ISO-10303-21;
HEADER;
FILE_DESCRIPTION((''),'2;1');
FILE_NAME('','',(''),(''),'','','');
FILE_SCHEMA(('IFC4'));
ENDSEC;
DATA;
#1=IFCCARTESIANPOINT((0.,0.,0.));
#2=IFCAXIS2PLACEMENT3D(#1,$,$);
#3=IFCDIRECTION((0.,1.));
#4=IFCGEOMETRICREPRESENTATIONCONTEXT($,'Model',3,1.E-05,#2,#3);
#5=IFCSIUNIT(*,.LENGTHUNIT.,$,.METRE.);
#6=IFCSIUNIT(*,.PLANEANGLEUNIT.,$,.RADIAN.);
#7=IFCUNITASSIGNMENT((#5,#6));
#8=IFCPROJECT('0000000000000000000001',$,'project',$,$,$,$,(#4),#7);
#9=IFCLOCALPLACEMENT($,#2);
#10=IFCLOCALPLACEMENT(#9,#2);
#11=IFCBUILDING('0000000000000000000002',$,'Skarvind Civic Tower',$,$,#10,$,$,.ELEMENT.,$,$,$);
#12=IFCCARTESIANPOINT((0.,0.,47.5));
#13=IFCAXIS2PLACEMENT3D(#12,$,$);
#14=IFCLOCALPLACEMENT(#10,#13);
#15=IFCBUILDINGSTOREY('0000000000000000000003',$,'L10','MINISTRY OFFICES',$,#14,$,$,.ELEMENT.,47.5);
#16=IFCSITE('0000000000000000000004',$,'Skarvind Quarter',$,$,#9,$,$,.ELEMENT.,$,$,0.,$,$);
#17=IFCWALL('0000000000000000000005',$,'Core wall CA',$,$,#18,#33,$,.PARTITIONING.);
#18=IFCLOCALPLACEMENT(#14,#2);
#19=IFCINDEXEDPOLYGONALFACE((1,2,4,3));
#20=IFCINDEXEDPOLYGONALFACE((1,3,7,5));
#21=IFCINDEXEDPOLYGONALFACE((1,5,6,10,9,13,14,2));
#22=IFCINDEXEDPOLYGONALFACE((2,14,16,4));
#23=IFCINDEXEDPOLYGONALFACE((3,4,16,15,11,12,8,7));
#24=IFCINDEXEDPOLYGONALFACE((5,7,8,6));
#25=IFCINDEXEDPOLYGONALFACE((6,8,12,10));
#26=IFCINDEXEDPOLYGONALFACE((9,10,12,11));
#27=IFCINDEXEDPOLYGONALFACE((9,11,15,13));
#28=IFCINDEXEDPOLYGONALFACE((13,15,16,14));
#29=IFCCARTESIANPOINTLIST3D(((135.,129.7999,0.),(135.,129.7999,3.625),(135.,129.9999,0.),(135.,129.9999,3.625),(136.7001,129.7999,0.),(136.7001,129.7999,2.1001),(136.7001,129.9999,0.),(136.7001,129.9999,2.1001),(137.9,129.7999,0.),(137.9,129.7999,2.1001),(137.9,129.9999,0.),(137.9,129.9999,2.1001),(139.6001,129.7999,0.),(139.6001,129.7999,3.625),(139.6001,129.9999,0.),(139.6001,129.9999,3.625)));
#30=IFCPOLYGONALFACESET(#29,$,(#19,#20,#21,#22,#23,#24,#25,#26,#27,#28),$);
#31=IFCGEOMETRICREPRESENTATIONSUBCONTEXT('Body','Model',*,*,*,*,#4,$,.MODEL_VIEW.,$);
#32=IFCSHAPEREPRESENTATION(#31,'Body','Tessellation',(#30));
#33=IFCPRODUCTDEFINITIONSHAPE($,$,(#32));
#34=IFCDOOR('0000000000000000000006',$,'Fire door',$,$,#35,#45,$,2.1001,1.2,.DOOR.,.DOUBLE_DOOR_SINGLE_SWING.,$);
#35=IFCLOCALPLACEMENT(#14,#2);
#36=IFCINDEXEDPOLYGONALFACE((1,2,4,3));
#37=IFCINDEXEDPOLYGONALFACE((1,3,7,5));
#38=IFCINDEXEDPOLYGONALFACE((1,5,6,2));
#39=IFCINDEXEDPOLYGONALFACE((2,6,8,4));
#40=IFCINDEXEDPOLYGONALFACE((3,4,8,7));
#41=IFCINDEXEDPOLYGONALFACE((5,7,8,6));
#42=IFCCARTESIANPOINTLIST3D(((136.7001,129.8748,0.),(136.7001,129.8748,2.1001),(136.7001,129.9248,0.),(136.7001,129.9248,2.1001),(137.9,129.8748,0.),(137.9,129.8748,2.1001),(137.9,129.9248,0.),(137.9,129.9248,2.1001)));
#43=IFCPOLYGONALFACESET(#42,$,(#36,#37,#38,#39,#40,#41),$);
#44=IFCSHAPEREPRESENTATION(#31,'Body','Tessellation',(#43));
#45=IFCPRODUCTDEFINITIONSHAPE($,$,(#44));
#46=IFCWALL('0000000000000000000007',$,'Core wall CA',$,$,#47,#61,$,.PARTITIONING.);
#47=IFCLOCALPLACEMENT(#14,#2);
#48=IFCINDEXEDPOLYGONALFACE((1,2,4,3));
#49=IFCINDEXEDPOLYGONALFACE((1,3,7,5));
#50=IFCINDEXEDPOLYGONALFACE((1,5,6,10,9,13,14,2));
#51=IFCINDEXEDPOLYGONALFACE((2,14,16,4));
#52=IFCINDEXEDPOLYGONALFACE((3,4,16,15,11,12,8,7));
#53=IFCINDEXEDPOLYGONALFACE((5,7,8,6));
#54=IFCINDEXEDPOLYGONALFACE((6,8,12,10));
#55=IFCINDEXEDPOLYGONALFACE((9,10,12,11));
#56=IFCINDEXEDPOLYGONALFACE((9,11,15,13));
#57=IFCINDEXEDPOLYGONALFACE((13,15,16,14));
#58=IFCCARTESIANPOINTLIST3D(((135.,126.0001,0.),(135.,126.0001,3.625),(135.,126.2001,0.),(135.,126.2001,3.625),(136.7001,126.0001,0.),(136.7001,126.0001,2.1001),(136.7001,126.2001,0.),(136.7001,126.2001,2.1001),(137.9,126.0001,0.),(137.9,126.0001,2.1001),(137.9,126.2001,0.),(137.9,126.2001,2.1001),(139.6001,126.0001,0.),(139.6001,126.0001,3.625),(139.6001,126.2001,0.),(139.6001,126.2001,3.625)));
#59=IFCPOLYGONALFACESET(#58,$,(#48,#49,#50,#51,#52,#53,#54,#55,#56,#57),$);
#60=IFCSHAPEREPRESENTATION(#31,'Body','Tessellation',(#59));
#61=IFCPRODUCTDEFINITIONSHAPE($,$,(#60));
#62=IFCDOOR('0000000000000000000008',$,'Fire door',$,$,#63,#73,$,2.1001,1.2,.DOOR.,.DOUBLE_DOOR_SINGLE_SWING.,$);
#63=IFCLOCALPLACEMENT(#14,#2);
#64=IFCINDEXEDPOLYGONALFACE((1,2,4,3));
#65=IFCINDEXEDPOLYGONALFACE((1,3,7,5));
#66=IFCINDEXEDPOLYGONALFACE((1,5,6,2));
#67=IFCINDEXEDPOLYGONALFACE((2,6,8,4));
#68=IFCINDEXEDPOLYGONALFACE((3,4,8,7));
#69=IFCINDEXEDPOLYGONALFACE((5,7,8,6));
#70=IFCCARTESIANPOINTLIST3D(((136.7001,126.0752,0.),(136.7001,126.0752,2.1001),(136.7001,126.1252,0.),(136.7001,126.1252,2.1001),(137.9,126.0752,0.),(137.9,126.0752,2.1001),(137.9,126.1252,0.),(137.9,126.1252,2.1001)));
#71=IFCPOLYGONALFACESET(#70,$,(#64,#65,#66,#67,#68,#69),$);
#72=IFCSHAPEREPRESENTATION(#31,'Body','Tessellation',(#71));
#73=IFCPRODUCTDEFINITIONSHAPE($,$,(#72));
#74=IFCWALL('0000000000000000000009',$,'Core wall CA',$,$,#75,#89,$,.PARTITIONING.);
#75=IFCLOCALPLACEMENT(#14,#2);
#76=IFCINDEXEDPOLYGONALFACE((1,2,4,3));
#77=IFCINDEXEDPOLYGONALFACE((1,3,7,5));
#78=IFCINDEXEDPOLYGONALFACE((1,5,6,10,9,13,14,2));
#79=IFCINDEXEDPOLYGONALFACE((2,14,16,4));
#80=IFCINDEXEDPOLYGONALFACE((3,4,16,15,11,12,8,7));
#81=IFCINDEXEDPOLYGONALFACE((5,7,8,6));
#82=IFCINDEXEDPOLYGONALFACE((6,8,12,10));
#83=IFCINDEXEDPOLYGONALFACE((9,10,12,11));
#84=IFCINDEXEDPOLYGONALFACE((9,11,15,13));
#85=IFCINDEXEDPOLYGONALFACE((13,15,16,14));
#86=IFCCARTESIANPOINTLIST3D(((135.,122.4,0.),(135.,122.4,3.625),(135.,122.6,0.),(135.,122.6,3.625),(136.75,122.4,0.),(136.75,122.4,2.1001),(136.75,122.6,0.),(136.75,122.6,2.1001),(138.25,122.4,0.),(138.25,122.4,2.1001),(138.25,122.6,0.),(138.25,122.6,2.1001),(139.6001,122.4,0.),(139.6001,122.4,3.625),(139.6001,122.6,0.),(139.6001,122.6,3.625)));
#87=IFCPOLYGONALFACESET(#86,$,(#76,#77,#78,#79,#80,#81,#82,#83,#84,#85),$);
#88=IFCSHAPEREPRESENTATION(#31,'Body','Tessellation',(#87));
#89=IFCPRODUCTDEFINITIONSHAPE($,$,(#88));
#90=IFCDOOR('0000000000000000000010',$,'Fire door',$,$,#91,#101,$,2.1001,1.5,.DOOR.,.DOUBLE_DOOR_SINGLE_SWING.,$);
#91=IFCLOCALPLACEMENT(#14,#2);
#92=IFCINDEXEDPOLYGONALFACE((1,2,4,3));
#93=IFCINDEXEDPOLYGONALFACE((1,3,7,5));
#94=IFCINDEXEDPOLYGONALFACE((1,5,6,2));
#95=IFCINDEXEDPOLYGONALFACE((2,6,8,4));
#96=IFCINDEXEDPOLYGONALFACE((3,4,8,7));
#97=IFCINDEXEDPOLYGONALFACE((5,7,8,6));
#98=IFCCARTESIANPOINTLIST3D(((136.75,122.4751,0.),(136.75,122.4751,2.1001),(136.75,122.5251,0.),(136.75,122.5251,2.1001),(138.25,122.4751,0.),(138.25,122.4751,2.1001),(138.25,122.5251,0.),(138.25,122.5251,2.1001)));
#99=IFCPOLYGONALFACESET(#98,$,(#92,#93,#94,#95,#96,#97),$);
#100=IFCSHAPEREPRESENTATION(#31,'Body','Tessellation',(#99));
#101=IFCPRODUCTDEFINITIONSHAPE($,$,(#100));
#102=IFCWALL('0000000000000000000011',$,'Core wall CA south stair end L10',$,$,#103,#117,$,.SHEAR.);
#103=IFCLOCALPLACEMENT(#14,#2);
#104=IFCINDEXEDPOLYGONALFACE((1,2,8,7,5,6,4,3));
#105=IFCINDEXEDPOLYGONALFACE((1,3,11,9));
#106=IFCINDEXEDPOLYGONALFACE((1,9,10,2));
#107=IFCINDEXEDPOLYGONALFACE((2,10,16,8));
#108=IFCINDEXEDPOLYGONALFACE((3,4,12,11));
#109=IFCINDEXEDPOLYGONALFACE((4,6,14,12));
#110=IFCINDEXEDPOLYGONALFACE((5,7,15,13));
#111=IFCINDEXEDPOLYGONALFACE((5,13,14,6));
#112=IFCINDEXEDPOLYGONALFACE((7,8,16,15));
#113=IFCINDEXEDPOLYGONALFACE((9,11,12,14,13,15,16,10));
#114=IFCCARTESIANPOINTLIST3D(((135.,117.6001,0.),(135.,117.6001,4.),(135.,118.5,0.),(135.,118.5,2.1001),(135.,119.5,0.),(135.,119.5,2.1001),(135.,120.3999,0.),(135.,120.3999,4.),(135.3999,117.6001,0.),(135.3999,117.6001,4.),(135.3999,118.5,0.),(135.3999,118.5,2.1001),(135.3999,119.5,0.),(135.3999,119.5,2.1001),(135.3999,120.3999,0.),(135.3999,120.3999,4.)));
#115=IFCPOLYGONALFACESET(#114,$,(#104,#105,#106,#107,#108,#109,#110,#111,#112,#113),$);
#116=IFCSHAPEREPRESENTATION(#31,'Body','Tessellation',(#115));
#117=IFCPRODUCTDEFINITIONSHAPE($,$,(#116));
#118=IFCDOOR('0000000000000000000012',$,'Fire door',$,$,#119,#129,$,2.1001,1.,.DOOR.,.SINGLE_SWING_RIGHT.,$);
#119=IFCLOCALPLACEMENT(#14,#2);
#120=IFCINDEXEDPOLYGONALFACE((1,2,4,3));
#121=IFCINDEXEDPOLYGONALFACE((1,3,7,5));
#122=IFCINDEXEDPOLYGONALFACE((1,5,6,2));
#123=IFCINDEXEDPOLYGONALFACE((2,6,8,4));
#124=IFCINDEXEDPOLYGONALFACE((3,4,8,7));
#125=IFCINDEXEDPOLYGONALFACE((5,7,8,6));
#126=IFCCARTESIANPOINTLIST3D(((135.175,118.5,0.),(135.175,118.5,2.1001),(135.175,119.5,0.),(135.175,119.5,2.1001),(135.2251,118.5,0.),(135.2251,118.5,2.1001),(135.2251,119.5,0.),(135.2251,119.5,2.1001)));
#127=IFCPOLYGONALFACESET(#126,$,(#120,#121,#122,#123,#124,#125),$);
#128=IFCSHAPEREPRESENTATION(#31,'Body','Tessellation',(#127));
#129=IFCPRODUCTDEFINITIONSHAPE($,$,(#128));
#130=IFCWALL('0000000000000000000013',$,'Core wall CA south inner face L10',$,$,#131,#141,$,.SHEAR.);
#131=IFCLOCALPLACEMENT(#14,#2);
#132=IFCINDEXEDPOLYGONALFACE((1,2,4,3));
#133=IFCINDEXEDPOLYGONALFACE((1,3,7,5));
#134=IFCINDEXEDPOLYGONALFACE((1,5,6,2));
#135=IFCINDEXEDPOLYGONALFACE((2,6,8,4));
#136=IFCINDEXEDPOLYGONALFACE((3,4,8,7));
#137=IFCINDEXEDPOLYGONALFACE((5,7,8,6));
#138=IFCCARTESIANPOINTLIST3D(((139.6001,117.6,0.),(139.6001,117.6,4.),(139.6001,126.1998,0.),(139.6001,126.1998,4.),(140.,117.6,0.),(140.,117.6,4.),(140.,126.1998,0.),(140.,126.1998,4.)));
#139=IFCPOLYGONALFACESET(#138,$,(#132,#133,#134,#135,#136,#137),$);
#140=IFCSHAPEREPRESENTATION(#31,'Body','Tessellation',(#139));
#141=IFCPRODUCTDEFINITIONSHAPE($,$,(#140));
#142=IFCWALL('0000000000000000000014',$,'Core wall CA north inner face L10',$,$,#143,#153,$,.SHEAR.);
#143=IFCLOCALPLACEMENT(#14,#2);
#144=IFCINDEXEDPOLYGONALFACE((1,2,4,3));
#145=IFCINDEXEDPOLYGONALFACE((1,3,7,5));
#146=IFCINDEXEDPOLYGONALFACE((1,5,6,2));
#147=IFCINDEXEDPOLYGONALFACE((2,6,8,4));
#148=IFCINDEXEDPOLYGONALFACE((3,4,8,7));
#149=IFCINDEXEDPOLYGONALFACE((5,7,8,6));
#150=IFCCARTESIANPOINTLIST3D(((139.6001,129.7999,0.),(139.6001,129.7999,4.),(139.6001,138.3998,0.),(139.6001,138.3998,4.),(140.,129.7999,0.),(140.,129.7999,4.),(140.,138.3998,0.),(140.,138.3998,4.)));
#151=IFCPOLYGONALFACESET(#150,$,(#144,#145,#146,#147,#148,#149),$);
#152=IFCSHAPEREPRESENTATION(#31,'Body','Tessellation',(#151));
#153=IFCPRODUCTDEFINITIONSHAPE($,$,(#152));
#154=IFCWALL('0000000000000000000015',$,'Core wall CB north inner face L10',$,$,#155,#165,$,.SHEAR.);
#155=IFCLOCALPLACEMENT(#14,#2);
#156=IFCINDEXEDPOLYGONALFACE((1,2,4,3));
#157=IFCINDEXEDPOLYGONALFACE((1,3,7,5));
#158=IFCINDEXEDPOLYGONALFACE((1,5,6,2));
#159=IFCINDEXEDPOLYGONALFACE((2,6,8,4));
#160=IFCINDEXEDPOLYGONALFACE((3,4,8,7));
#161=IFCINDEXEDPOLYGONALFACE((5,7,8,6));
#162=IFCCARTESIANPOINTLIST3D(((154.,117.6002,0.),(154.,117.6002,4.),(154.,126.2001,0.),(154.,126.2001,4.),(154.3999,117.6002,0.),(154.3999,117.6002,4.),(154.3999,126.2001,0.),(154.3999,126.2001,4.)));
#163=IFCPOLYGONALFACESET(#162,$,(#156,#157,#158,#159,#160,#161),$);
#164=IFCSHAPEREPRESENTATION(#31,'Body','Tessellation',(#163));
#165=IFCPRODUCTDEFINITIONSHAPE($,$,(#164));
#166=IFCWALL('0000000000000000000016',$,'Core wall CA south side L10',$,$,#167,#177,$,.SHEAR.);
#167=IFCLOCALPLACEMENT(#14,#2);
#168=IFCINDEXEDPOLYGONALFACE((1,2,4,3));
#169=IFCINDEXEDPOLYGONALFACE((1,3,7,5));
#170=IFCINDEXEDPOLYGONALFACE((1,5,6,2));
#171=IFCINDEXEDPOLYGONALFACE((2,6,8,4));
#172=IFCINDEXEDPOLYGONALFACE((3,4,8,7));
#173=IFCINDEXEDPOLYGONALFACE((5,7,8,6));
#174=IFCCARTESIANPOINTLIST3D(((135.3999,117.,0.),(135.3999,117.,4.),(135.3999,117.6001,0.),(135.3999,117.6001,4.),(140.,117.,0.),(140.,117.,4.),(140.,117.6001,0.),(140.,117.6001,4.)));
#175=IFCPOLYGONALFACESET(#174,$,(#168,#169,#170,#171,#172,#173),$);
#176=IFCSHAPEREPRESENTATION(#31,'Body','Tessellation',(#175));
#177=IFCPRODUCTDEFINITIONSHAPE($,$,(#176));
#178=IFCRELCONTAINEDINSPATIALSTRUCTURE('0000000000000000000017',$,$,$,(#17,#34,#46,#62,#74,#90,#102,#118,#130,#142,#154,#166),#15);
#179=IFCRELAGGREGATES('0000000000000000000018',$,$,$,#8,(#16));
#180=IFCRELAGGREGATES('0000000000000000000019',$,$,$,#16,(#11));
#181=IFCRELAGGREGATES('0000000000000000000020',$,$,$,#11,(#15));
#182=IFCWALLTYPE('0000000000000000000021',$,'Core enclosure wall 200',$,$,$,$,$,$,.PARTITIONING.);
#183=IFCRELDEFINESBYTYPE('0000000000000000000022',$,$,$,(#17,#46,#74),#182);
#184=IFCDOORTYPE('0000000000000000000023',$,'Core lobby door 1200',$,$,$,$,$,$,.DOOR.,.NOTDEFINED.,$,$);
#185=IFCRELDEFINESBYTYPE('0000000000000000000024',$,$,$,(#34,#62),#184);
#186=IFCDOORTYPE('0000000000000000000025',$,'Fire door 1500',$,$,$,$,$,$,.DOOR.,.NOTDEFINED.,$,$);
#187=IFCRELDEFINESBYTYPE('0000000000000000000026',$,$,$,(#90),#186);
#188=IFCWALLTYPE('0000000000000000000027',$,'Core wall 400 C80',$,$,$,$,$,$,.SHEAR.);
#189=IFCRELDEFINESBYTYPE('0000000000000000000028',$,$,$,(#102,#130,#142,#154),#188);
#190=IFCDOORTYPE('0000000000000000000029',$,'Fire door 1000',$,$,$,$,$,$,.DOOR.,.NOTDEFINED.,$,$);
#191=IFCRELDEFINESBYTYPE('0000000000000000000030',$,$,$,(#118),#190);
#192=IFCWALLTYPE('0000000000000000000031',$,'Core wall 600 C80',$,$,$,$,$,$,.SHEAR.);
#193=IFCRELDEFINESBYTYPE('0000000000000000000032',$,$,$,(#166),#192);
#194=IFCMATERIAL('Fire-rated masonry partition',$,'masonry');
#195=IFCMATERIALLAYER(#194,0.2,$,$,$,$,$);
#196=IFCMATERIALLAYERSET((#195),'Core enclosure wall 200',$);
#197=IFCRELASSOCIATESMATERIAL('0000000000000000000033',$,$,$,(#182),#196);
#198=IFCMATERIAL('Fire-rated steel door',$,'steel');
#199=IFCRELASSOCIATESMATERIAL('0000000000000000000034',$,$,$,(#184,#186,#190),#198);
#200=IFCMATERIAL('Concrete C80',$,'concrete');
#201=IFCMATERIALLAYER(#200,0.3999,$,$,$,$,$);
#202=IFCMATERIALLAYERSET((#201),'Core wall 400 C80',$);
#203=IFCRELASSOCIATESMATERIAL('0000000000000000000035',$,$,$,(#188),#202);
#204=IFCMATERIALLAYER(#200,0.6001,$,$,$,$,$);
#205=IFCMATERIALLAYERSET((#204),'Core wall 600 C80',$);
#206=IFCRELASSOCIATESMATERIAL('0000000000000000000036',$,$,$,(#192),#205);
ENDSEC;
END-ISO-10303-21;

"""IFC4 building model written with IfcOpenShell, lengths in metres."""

from ifc_helpers import new_model, si_unit, direction, frame, frame_2d, origin, place, context, subcontext, project, spatial, rectangle, extrude, material, layer, layer_set, type_object, element, fill, save


model = new_model("IFC4")

# Units and contexts
model_context = context("Model", 3, precision=1e-05, world=origin(), true_north=direction((0.0, 1.0)))
body_context = subcontext(model_context, "Body", "Model", "MODEL_VIEW")
ifc_project = project(units=[si_unit("LENGTHUNIT", "METRE"), si_unit("PLANEANGLEUNIT", "RADIAN")], contexts=[model_context])

# Site, building, storey
site_placement = place(None, origin())
site = spatial("IfcSite", under=ifc_project, at=site_placement, Name="Skarvind Quarter", CompositionType="ELEMENT", RefElevation=0.0)
building_placement = place(site_placement, origin())
building = spatial("IfcBuilding", under=site, at=building_placement, Name="Skarvind Civic Tower", CompositionType="ELEMENT")
storey_placement = place(building_placement, frame((0.0, 0.0, 47.5)))
storey = spatial("IfcBuildingStorey", under=building, at=storey_placement, Name="L10", Description="MINISTRY OFFICES", CompositionType="ELEMENT", Elevation=47.5)

# Walls, openings, doors
ifc_material_1 = material(Name="Fire-rated masonry partition", Category="masonry")
ifc_layer_1 = layer(ifc_material_1, 0.2)
ifc_layer_set_1 = layer_set([ifc_layer_1], Name="Core enclosure wall 200")
wall_type_1 = type_object("IfcWallType", Name="Core enclosure wall 200", PredefinedType="PARTITIONING", material=ifc_layer_set_1)
wall_1_placement = place(storey_placement, frame((135.0, 129.8999, 0.0), z_axis=(0.0, 0.0, 1.0), x_axis=(1.0, 0.0, 0.0)))
wall_1 = element("IfcWall", 1, at=wall_1_placement, inside=storey, type_object=wall_type_1, Name="Core wall CA", PredefinedType="PARTITIONING", context=body_context, shape_type="SweptSolid", body=[
    extrude(rectangle(XDim=4.6001, YDim=0.2, at=frame_2d((2.3, 0.0))), origin(), (0.0, 0.0, 1.0), 3.625),
])
opening_1_placement = place(wall_1_placement, frame((1.7, 0.0, 0.0)))
opening_1 = element("IfcOpeningElement", 2, at=opening_1_placement, cuts=wall_1, PredefinedType="OPENING", context=body_context, shape_type="SweptSolid", body=[
    extrude(rectangle(XDim=1.2, YDim=2.1001, at=frame_2d((0.6001, 1.05))), frame((0.0, 0.1099, 0.0), z_axis=(0.0, -1.0, 0.0), x_axis=(1.0, 0.0, 0.0)), (0.0, 0.0, 1.0), 0.22),
])
ifc_material_2 = material(Name="Fire-rated steel door", Category="steel")
door_type_1 = type_object("IfcDoorType", Name="Core lobby door 1200", OperationType="NOTDEFINED", PredefinedType="DOOR", material=ifc_material_2)
door_1_placement = place(opening_1_placement, origin())
door_1 = element("IfcDoor", 3, at=door_1_placement, inside=storey, type_object=door_type_1, Name="Fire door", OperationType="DOUBLE_DOOR_SINGLE_SWING", OverallHeight=2.1001, OverallWidth=1.2, PredefinedType="DOOR", context=body_context, shape_type="SweptSolid", body=[
    extrude(rectangle(XDim=1.2, YDim=2.1001, at=frame_2d((0.6001, 1.05))), frame((0.0, 0.0249, 0.0), z_axis=(0.0, -1.0, 0.0), x_axis=(1.0, 0.0, 0.0)), (0.0, 0.0, 1.0), 0.05),
])
fill(opening_1, door_1)
wall_2_placement = place(storey_placement, frame((139.6001, 126.1001, 0.0), z_axis=(0.0, 0.0, 1.0), x_axis=(-1.0, 0.0, 0.0)))
wall_2 = element("IfcWall", 4, at=wall_2_placement, inside=storey, type_object=wall_type_1, Name="Core wall CA", PredefinedType="PARTITIONING", context=body_context, shape_type="SweptSolid", body=[
    extrude(rectangle(XDim=4.6001, YDim=0.2, at=frame_2d((2.3, 0.0))), origin(), (0.0, 0.0, 1.0), 3.625),
])
opening_2_placement = place(wall_2_placement, frame((1.7, 0.0, 0.0)))
opening_2 = element("IfcOpeningElement", 5, at=opening_2_placement, cuts=wall_2, PredefinedType="OPENING", context=body_context, shape_type="SweptSolid", body=[
    extrude(rectangle(XDim=1.2, YDim=2.1001, at=frame_2d((0.6001, 1.05))), frame((0.0, 0.1099, 0.0), z_axis=(0.0, -1.0, 0.0), x_axis=(1.0, 0.0, 0.0)), (0.0, 0.0, 1.0), 0.22),
])
door_2_placement = place(opening_2_placement, origin())
door_2 = element("IfcDoor", 6, at=door_2_placement, inside=storey, type_object=door_type_1, Name="Fire door", OperationType="DOUBLE_DOOR_SINGLE_SWING", OverallHeight=2.1001, OverallWidth=1.2, PredefinedType="DOOR", context=body_context, shape_type="SweptSolid", body=[
    extrude(rectangle(XDim=1.2, YDim=2.1001, at=frame_2d((0.6001, 1.05))), frame((0.0, 0.0249, 0.0), z_axis=(0.0, -1.0, 0.0), x_axis=(1.0, 0.0, 0.0)), (0.0, 0.0, 1.0), 0.05),
])
fill(opening_2, door_2)
wall_3_placement = place(storey_placement, frame((139.6001, 122.5, 0.0), z_axis=(0.0, 0.0, 1.0), x_axis=(-1.0, 0.0, 0.0)))
wall_3 = element("IfcWall", 7, at=wall_3_placement, inside=storey, type_object=wall_type_1, Name="Core wall CA", PredefinedType="PARTITIONING", context=body_context, shape_type="SweptSolid", body=[
    extrude(rectangle(XDim=4.6001, YDim=0.2, at=frame_2d((2.3, 0.0))), origin(), (0.0, 0.0, 1.0), 3.625),
])
opening_3_placement = place(wall_3_placement, frame((1.3501, 0.0, 0.0)))
opening_3 = element("IfcOpeningElement", 8, at=opening_3_placement, cuts=wall_3, PredefinedType="OPENING", context=body_context, shape_type="SweptSolid", body=[
    extrude(rectangle(XDim=1.5, YDim=2.1001, at=frame_2d((0.75, 1.05))), frame((0.0, 0.1099, 0.0), z_axis=(0.0, -1.0, 0.0), x_axis=(1.0, 0.0, 0.0)), (0.0, 0.0, 1.0), 0.22),
])
door_type_2 = type_object("IfcDoorType", Name="Fire door 1500", OperationType="NOTDEFINED", PredefinedType="DOOR", material=ifc_material_2)
door_3_placement = place(opening_3_placement, origin())
door_3 = element("IfcDoor", 9, at=door_3_placement, inside=storey, type_object=door_type_2, Name="Fire door", OperationType="DOUBLE_DOOR_SINGLE_SWING", OverallHeight=2.1001, OverallWidth=1.5, PredefinedType="DOOR", context=body_context, shape_type="SweptSolid", body=[
    extrude(rectangle(XDim=1.5, YDim=2.1001, at=frame_2d((0.75, 1.05))), frame((0.0, 0.0249, 0.0), z_axis=(0.0, -1.0, 0.0), x_axis=(1.0, 0.0, 0.0)), (0.0, 0.0, 1.0), 0.05),
])
fill(opening_3, door_3)
ifc_material_3 = material(Name="Concrete C80", Category="concrete")
ifc_layer_2 = layer(ifc_material_3, 0.3999)
ifc_layer_set_2 = layer_set([ifc_layer_2], Name="Core wall 400 C80")
wall_type_2 = type_object("IfcWallType", Name="Core wall 400 C80", PredefinedType="SHEAR", material=ifc_layer_set_2)
wall_4_placement = place(storey_placement, frame((135.2, 117.6001, 0.0), z_axis=(0.0, 0.0, 1.0), x_axis=(0.0, 1.0, 0.0)))
wall_4 = element("IfcWall", 10, at=wall_4_placement, inside=storey, type_object=wall_type_2, Name="Core wall CA south stair end L10", PredefinedType="SHEAR", context=body_context, shape_type="SweptSolid", body=[
    extrude(rectangle(XDim=2.7998, YDim=0.3999, at=frame_2d((1.3999, 0.0))), origin(), (0.0, 0.0, 1.0), 4.0),
])
opening_4_placement = place(wall_4_placement, frame((0.8999, 0.0, 0.0)))
opening_4 = element("IfcOpeningElement", 11, at=opening_4_placement, cuts=wall_4, PredefinedType="OPENING", context=body_context, shape_type="SweptSolid", body=[
    extrude(rectangle(XDim=1.0, YDim=2.1001, at=frame_2d((0.5, 1.05))), frame((0.0, 0.21, 0.0), z_axis=(0.0, -1.0, 0.0), x_axis=(1.0, 0.0, 0.0)), (0.0, 0.0, 1.0), 0.4199),
])
door_type_3 = type_object("IfcDoorType", Name="Fire door 1000", OperationType="NOTDEFINED", PredefinedType="DOOR", material=ifc_material_2)
door_4_placement = place(opening_4_placement, origin())
door_4 = element("IfcDoor", 12, at=door_4_placement, inside=storey, type_object=door_type_3, Name="Fire door", OperationType="SINGLE_SWING_RIGHT", OverallHeight=2.1001, OverallWidth=1.0, PredefinedType="DOOR", context=body_context, shape_type="SweptSolid", body=[
    extrude(rectangle(XDim=1.0, YDim=2.1001, at=frame_2d((0.5, 1.05))), frame((0.0, 0.0249, 0.0), z_axis=(0.0, -1.0, 0.0), x_axis=(1.0, 0.0, 0.0)), (0.0, 0.0, 1.0), 0.05),
])
fill(opening_4, door_4)

# Walls
for number, where, z_axis, x_axis, name in (
    (13, (139.8, 117.6001, 0.0), (0.0, 0.0, 1.0), (0.0, 1.0, 0.0), "Core wall CA south inner face L10"),
    (14, (139.8, 129.8, 0.0), (0.0, 0.0, 1.0), (0.0, 1.0, 0.0), "Core wall CA north inner face L10"),
    (15, (154.2, 126.2, 0.0), (0.0, 0.0, 1.0), (0.0, -1.0, 0.0), "Core wall CB north inner face L10"),
):
    element("IfcWall", number, at=place(storey_placement, frame(where, z_axis=z_axis, x_axis=x_axis)), inside=storey, type_object=wall_type_2, Name=name, PredefinedType="SHEAR", context=body_context, shape_type="SweptSolid", body=[
        extrude(rectangle(XDim=8.5999, YDim=0.3999, at=frame_2d((4.2998, 0.0))), origin(), (0.0, 0.0, 1.0), 4.0),
    ])
ifc_layer_3 = layer(ifc_material_3, 0.6001)
ifc_layer_set_3 = layer_set([ifc_layer_3], Name="Core wall 600 C80")
wall_type_3 = type_object("IfcWallType", Name="Core wall 600 C80", PredefinedType="SHEAR", material=ifc_layer_set_3)
wall_5_placement = place(storey_placement, frame((135.3999, 117.3, 0.0), z_axis=(0.0, 0.0, 1.0), x_axis=(1.0, 0.0, 0.0)))
element("IfcWall", 16, at=wall_5_placement, inside=storey, type_object=wall_type_3, Name="Core wall CA south side L10", PredefinedType="SHEAR", context=body_context, shape_type="SweptSolid", body=[
    extrude(rectangle(XDim=4.6001, YDim=0.6001, at=frame_2d((2.3, 0.0))), origin(), (0.0, 0.0, 1.0), 4.0),
])

save(model, "model.ifc")
